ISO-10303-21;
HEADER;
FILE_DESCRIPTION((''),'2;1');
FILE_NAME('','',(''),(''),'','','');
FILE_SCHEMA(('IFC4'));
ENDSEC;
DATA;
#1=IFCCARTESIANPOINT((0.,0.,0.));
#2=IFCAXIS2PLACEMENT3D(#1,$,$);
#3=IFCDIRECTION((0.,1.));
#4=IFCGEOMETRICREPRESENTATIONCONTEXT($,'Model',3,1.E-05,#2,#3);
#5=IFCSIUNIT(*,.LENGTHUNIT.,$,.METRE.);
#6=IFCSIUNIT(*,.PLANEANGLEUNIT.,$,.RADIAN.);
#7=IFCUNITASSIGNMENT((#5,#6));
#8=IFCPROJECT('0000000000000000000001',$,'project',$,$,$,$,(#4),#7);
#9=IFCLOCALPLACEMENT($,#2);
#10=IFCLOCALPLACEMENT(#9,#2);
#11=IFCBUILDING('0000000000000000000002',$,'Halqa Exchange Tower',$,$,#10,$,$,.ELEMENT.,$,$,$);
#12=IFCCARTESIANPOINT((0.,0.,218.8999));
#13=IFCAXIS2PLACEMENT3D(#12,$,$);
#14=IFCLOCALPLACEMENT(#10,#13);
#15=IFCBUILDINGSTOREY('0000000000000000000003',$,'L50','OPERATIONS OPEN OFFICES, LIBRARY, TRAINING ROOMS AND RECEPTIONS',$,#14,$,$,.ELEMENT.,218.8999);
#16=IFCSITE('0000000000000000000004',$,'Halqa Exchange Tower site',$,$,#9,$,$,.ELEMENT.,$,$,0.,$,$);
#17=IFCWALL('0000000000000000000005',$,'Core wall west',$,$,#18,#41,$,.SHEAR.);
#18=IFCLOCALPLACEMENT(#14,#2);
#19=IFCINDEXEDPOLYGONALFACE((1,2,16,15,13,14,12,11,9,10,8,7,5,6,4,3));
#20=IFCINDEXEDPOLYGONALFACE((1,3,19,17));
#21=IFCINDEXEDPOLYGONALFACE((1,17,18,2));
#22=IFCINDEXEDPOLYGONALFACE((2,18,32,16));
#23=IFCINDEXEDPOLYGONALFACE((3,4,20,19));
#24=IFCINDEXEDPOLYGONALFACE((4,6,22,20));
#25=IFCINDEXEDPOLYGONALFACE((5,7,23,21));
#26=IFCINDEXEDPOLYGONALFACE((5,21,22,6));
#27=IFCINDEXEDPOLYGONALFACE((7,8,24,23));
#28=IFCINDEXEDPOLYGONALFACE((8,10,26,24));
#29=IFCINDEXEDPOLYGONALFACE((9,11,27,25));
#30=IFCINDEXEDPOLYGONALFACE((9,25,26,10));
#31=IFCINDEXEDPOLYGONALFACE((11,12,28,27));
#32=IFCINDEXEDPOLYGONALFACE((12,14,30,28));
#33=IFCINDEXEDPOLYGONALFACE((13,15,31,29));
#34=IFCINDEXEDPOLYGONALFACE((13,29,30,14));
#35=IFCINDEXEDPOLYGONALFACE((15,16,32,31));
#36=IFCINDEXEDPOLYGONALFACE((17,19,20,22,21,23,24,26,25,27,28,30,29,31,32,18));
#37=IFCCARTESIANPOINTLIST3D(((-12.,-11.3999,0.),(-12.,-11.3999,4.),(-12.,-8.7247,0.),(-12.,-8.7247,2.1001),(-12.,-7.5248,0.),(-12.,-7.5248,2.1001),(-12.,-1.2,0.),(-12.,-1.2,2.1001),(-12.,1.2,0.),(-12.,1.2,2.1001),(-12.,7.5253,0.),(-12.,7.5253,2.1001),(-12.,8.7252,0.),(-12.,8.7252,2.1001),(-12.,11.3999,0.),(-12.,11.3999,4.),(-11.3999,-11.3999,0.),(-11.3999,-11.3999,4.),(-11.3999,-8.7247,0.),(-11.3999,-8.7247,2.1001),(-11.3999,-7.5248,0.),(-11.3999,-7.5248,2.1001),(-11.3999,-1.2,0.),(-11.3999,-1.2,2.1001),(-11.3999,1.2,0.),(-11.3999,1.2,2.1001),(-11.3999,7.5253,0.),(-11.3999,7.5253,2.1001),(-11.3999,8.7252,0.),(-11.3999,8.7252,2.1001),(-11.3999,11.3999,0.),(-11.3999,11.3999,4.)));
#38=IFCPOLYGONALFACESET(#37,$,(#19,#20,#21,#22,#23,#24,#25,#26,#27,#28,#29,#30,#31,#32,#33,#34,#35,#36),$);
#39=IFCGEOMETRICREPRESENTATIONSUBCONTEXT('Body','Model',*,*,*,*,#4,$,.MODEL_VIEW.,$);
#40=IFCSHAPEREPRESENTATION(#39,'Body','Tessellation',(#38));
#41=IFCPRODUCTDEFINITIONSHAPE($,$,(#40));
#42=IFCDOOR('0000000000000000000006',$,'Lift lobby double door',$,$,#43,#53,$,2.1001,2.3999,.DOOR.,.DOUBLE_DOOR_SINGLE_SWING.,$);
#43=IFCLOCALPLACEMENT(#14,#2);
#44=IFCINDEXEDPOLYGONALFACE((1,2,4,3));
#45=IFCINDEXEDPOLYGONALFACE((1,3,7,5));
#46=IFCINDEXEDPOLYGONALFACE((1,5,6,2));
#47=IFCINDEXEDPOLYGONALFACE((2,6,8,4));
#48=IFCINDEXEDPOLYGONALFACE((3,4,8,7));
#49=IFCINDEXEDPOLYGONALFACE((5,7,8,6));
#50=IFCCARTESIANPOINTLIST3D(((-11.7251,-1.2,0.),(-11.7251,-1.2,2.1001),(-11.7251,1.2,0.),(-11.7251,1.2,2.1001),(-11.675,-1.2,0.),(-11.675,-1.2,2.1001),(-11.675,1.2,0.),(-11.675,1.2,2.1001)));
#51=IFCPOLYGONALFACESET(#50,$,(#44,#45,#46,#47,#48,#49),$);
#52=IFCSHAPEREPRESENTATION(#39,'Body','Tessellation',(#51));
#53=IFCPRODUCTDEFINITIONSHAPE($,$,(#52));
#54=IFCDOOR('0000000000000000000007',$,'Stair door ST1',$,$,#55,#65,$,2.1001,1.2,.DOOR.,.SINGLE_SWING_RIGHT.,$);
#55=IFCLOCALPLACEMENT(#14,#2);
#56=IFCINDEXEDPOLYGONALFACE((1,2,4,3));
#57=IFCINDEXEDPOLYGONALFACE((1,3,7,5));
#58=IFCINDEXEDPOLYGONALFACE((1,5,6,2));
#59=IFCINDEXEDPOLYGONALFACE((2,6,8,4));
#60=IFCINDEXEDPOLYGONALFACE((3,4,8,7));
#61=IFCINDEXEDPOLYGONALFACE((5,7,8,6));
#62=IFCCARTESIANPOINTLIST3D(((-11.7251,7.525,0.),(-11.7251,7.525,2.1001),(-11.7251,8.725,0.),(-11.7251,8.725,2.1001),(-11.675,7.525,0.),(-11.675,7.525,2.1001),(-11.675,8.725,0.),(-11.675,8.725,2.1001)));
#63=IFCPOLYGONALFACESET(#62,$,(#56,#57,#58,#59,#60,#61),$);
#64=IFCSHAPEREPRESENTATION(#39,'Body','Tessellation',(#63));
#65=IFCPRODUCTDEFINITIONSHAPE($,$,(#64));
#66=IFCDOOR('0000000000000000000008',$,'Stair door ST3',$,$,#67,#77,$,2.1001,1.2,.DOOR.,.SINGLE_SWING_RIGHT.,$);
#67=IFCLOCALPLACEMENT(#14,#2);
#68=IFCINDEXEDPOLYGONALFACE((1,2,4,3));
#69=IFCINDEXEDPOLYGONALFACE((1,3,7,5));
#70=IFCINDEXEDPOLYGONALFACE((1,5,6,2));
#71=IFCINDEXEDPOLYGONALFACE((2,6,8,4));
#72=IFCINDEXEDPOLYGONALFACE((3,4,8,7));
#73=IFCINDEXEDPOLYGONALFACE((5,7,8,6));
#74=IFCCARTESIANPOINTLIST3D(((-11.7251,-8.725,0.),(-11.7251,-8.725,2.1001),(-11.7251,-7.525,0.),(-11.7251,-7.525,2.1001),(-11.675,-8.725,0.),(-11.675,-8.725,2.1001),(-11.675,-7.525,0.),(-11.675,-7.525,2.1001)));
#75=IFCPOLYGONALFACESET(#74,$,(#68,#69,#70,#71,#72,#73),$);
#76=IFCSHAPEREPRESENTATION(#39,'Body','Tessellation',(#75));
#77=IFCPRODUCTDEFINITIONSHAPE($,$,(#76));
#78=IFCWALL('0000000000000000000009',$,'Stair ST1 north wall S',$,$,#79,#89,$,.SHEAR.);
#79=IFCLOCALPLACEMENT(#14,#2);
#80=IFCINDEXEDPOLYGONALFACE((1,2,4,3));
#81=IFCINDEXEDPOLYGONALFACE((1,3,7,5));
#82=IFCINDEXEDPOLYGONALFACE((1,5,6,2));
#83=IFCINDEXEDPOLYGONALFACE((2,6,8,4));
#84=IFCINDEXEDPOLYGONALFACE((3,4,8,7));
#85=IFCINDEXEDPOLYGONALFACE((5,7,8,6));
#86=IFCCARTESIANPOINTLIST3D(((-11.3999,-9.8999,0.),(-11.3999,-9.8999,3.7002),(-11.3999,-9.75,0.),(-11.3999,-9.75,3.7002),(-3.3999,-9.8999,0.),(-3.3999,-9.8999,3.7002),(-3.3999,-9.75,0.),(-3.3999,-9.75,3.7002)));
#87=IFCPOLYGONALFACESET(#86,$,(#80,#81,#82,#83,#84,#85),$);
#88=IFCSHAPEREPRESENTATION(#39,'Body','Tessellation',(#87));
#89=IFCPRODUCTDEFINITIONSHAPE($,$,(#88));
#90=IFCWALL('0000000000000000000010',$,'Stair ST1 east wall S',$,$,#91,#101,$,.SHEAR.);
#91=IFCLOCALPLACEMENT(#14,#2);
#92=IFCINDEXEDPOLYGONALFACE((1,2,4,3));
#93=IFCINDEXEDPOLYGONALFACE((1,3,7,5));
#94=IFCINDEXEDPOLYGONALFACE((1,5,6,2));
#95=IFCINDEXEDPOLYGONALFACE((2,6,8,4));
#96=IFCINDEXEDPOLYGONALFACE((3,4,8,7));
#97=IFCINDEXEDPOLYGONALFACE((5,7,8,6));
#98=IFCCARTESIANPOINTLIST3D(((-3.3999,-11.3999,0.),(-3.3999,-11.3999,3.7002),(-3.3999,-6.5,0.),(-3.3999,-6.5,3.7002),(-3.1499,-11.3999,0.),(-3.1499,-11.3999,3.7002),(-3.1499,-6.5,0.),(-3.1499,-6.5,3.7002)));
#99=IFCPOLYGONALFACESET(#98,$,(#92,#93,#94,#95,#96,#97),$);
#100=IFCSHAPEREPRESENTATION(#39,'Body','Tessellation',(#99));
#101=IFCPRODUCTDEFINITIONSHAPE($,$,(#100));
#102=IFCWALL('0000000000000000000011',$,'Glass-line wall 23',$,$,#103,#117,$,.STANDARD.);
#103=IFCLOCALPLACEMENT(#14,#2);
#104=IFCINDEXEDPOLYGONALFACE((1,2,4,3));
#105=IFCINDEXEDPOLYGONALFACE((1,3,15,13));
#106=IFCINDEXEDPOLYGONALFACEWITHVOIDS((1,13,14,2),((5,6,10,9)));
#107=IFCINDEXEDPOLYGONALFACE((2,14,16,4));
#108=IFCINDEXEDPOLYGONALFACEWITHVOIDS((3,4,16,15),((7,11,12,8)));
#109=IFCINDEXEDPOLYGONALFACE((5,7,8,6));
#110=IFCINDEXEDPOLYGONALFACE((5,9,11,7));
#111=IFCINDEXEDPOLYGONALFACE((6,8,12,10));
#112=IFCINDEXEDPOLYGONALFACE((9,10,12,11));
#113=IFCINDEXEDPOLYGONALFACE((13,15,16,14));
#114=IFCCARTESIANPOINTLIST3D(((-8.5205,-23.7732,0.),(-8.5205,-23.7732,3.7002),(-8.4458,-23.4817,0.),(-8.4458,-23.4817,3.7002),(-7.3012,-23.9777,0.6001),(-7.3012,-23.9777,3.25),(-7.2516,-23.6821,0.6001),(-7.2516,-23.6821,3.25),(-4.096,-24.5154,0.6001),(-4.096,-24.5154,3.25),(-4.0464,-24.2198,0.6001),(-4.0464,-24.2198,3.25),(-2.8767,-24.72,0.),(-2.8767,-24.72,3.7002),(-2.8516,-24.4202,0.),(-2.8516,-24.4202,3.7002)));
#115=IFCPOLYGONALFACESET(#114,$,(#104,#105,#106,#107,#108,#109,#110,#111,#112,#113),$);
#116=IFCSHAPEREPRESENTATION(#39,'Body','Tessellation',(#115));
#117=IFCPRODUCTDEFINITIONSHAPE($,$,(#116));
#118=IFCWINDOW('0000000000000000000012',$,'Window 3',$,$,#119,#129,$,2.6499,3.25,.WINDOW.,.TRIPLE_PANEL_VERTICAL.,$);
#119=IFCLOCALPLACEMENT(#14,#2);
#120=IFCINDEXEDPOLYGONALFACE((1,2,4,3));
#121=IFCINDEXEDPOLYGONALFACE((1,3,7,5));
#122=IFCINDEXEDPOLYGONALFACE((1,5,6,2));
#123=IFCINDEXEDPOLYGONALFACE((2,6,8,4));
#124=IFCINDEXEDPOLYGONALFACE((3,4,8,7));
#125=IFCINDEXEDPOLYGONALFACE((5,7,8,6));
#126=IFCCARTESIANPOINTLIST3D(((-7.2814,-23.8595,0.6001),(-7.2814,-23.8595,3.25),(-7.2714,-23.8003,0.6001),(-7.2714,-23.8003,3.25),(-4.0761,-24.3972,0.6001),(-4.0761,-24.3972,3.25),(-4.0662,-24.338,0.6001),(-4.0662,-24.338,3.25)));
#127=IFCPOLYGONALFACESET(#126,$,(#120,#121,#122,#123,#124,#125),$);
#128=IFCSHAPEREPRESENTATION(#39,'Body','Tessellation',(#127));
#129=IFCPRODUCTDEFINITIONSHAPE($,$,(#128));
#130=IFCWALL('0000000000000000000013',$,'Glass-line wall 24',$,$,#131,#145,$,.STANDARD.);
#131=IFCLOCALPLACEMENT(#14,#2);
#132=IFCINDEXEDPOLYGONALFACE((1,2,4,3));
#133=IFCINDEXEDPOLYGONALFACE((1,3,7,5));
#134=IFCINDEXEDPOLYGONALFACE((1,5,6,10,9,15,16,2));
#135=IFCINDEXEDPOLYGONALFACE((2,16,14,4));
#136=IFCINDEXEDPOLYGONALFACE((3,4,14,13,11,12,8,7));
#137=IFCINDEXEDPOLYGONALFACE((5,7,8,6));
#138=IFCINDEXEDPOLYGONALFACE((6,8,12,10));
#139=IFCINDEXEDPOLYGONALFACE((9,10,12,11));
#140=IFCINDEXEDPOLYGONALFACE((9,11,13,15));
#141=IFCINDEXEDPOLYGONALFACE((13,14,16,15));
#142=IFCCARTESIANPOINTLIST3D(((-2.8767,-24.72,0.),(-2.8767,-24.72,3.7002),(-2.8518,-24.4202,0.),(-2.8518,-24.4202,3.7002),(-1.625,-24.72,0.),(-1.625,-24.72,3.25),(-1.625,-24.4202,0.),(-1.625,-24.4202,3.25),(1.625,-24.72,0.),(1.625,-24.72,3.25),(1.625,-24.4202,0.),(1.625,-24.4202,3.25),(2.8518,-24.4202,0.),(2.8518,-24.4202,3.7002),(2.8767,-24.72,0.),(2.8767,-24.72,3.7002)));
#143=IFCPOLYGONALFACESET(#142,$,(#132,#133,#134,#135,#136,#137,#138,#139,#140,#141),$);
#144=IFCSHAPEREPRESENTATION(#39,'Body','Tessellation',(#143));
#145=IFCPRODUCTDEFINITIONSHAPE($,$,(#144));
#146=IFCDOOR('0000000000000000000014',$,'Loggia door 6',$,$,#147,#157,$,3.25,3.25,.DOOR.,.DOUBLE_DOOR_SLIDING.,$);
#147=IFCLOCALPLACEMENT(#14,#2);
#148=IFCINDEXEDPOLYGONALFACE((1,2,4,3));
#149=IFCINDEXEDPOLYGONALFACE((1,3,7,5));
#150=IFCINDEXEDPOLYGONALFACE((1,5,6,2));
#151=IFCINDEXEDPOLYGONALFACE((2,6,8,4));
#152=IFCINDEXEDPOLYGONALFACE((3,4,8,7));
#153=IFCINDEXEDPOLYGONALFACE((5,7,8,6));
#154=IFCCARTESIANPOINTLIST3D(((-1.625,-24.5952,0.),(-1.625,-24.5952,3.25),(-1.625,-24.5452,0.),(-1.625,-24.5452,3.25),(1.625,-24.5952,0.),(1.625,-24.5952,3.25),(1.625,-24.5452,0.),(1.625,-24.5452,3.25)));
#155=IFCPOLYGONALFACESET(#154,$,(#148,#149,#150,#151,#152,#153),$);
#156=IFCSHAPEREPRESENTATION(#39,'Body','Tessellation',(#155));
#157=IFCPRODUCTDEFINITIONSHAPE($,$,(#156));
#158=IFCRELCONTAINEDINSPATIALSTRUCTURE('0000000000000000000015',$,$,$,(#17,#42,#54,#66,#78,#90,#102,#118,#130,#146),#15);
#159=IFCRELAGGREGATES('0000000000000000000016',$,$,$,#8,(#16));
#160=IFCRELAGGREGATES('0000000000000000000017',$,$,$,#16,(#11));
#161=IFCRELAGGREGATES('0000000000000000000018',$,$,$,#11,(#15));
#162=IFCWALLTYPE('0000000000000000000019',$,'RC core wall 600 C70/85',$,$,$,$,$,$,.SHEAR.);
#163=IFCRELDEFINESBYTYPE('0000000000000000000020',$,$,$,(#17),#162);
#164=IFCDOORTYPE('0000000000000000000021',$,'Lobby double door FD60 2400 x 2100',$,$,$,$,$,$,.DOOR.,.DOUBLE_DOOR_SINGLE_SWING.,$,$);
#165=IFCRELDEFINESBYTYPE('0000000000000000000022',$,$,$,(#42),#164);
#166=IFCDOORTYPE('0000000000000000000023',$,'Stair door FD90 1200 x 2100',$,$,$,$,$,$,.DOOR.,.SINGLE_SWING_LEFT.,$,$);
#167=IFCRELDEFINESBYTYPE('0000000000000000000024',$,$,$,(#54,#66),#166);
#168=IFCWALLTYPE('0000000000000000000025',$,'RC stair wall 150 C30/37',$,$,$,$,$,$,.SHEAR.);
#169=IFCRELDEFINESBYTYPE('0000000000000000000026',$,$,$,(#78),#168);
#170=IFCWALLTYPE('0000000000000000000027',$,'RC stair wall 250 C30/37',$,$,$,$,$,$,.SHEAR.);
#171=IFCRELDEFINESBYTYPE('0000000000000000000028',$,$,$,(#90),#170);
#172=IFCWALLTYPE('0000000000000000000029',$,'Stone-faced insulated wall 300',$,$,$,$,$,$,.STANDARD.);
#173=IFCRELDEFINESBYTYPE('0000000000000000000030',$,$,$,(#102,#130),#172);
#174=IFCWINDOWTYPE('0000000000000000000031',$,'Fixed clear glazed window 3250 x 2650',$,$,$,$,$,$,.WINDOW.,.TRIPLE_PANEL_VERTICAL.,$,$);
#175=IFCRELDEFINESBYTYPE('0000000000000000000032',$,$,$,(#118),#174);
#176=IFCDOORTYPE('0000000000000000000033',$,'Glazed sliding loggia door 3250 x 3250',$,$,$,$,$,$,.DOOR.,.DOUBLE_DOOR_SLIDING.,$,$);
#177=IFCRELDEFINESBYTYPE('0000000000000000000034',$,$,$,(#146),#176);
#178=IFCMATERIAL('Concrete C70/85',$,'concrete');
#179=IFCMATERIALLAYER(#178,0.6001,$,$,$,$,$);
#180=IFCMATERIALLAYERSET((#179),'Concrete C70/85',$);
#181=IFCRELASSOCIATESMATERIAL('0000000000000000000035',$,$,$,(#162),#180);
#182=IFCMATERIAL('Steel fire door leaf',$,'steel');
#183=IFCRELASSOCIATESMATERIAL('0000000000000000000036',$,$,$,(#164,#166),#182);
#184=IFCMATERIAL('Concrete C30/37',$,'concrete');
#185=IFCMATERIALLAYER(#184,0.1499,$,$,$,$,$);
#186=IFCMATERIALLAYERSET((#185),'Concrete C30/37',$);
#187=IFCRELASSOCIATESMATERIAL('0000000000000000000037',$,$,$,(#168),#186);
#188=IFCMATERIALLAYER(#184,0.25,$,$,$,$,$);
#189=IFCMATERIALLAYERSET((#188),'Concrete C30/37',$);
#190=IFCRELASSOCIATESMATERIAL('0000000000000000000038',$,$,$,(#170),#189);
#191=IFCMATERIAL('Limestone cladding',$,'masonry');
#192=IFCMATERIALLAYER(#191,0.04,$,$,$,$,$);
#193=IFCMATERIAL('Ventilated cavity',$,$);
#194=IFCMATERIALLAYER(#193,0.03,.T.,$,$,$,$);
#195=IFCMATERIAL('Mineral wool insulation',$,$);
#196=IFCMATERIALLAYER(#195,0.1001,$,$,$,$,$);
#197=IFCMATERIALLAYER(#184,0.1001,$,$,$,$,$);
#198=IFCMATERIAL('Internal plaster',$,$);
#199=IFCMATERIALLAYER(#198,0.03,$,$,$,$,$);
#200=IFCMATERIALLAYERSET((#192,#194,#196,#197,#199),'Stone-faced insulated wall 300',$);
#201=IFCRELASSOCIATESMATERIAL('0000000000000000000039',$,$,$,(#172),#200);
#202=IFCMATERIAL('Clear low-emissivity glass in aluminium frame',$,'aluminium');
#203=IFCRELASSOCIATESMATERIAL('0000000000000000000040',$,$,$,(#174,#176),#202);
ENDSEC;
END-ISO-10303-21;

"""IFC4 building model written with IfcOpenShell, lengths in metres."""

from ifc_helpers import new_model, si_unit, direction, frame, frame_2d, origin, place, context, subcontext, project, spatial, polyline, rectangle, outline, extrude, material, layer, layer_set, type_object, element, fill, save


model = new_model("IFC4")

# Units and contexts
model_context = context("Model", 3, precision=1e-05, world=origin(), true_north=direction((0.0, 1.0)))
body_context = subcontext(model_context, "Body", "Model", "MODEL_VIEW")
ifc_project = project(units=[si_unit("LENGTHUNIT", "METRE"), si_unit("PLANEANGLEUNIT", "RADIAN")], contexts=[model_context])

# Site, building, storey
site_placement = place(None, origin())
site = spatial("IfcSite", under=ifc_project, at=site_placement, Name="Halqa Exchange Tower site", CompositionType="ELEMENT", RefElevation=0.0)
building_placement = place(site_placement, origin())
building = spatial("IfcBuilding", under=site, at=building_placement, Name="Halqa Exchange Tower", CompositionType="ELEMENT")
storey_placement = place(building_placement, frame((0.0, 0.0, 218.8999)))
storey = spatial("IfcBuildingStorey", under=building, at=storey_placement, Name="L50", Description="OPERATIONS OPEN OFFICES, LIBRARY, TRAINING ROOMS AND RECEPTIONS", CompositionType="ELEMENT", Elevation=218.8999)

# Wall, openings, doors
ifc_material_1 = material(Name="Concrete C70/85", Category="concrete")
ifc_layer_1 = layer(ifc_material_1, 0.6001)
ifc_layer_set_1 = layer_set([ifc_layer_1], Name="Concrete C70/85")
wall_type_1 = type_object("IfcWallType", Name="RC core wall 600 C70/85", PredefinedType="SHEAR", material=ifc_layer_set_1)
wall_1_placement = place(storey_placement, frame((-11.7, -11.3999, 0.0), z_axis=(0.0, 0.0, 1.0), x_axis=(0.0, 1.0, 0.0)))
wall_1 = element("IfcWall", 1, at=wall_1_placement, inside=storey, type_object=wall_type_1, Name="Core wall west", PredefinedType="SHEAR", context=body_context, shape_type="SweptSolid", body=[
    extrude(rectangle(XDim=22.7998, YDim=0.6001, at=frame_2d((11.3999, 0.0))), origin(), (0.0, 0.0, 1.0), 4.0),
])
opening_1_placement = place(wall_1_placement, frame((10.2, 0.0, 0.0)))
opening_1 = element("IfcOpeningElement", 2, at=opening_1_placement, cuts=wall_1, PredefinedType="OPENING", context=body_context, shape_type="SweptSolid", body=[
    extrude(rectangle(XDim=2.3999, YDim=2.1001, at=frame_2d((1.2, 1.05))), frame((0.0, 0.312, 0.0), z_axis=(0.0, -1.0, 0.0), x_axis=(1.0, 0.0, 0.0)), (0.0, 0.0, 1.0), 0.624),
])
opening_2_placement = place(wall_1_placement, frame((18.925, 0.0, 0.0)))
opening_2 = element("IfcOpeningElement", 3, at=opening_2_placement, cuts=wall_1, PredefinedType="OPENING", context=body_context, shape_type="SweptSolid", body=[
    extrude(rectangle(XDim=1.2, YDim=2.1001, at=frame_2d((0.6001, 1.05))), frame((0.0, 0.312, 0.0), z_axis=(0.0, -1.0, 0.0), x_axis=(1.0, 0.0, 0.0)), (0.0, 0.0, 1.0), 0.624),
])
opening_3_placement = place(wall_1_placement, frame((2.675, 0.0, 0.0)))
opening_3 = element("IfcOpeningElement", 4, at=opening_3_placement, cuts=wall_1, PredefinedType="OPENING", context=body_context, shape_type="SweptSolid", body=[
    extrude(rectangle(XDim=1.2, YDim=2.1001, at=frame_2d((0.6001, 1.05))), frame((0.0, 0.312, 0.0), z_axis=(0.0, -1.0, 0.0), x_axis=(1.0, 0.0, 0.0)), (0.0, 0.0, 1.0), 0.624),
])
ifc_material_2 = material(Name="Steel fire door leaf", Category="steel")
door_type_1 = type_object("IfcDoorType", Name="Lobby double door FD60 2400 x 2100", OperationType="DOUBLE_DOOR_SINGLE_SWING", PredefinedType="DOOR", material=ifc_material_2)
door_1_placement = place(opening_1_placement, frame((2.3999, 0.0, 0.0), z_axis=(0.0, 0.0, 1.0), x_axis=(-1.0, 0.0, 0.0)))
door_1 = element("IfcDoor", 5, at=door_1_placement, inside=storey, type_object=door_type_1, Name="Lift lobby double door", OperationType="DOUBLE_DOOR_SINGLE_SWING", OverallHeight=2.1001, OverallWidth=2.3999, PredefinedType="DOOR", context=body_context, shape_type="SweptSolid", body=[
    extrude(rectangle(XDim=2.3999, YDim=2.1001, at=frame_2d((1.2, 1.05))), frame((0.0, 0.0249, 0.0), z_axis=(0.0, -1.0, 0.0), x_axis=(1.0, 0.0, 0.0)), (0.0, 0.0, 1.0), 0.05),
])
fill(opening_1, door_1)
door_type_2 = type_object("IfcDoorType", Name="Stair door FD90 1200 x 2100", OperationType="SINGLE_SWING_LEFT", PredefinedType="DOOR", material=ifc_material_2)
door_2_placement = place(opening_2_placement, frame((1.2, 0.0, 0.0), z_axis=(0.0, 0.0, 1.0), x_axis=(-1.0, 0.0, 0.0)))
door_2 = element("IfcDoor", 6, at=door_2_placement, inside=storey, type_object=door_type_2, Name="Stair door ST1", OperationType="SINGLE_SWING_RIGHT", OverallHeight=2.1001, OverallWidth=1.2, PredefinedType="DOOR", context=body_context, shape_type="SweptSolid", body=[
    extrude(rectangle(XDim=1.2, YDim=2.1001, at=frame_2d((0.6001, 1.05))), frame((0.0, 0.0249, 0.0), z_axis=(0.0, -1.0, 0.0), x_axis=(1.0, 0.0, 0.0)), (0.0, 0.0, 1.0), 0.05),
])
fill(opening_2, door_2)
door_3_placement = place(opening_3_placement, frame((1.2, 0.0, 0.0), z_axis=(0.0, 0.0, 1.0), x_axis=(-1.0, 0.0, 0.0)))
door_3 = element("IfcDoor", 7, at=door_3_placement, inside=storey, type_object=door_type_2, Name="Stair door ST3", OperationType="SINGLE_SWING_RIGHT", OverallHeight=2.1001, OverallWidth=1.2, PredefinedType="DOOR", context=body_context, shape_type="SweptSolid", body=[
    extrude(rectangle(XDim=1.2, YDim=2.1001, at=frame_2d((0.6001, 1.05))), frame((0.0, 0.0249, 0.0), z_axis=(0.0, -1.0, 0.0), x_axis=(1.0, 0.0, 0.0)), (0.0, 0.0, 1.0), 0.05),
])
fill(opening_3, door_3)

# Walls
ifc_material_3 = material(Name="Concrete C30/37", Category="concrete")
ifc_layer_2 = layer(ifc_material_3, 0.1499)
ifc_layer_set_2 = layer_set([ifc_layer_2], Name="Concrete C30/37")
wall_type_2 = type_object("IfcWallType", Name="RC stair wall 150 C30/37", PredefinedType="SHEAR", material=ifc_layer_set_2)
wall_2_placement = place(storey_placement, frame((-11.3999, -9.825, 0.0), z_axis=(0.0, 0.0, 1.0), x_axis=(1.0, 0.0, 0.0)))
element("IfcWall", 8, at=wall_2_placement, inside=storey, type_object=wall_type_2, Name="Stair ST1 north wall S", PredefinedType="SHEAR", context=body_context, shape_type="SweptSolid", body=[
    extrude(rectangle(XDim=8.0, YDim=0.1499, at=frame_2d((4.0, 0.0))), origin(), (0.0, 0.0, 1.0), 3.7002),
])
ifc_layer_3 = layer(ifc_material_3, 0.25)
ifc_layer_set_3 = layer_set([ifc_layer_3], Name="Concrete C30/37")
wall_type_3 = type_object("IfcWallType", Name="RC stair wall 250 C30/37", PredefinedType="SHEAR", material=ifc_layer_set_3)
wall_3_placement = place(storey_placement, frame((-3.2749, -11.3999, 0.0), z_axis=(0.0, 0.0, 1.0), x_axis=(0.0, 1.0, 0.0)))
element("IfcWall", 9, at=wall_3_placement, inside=storey, type_object=wall_type_3, Name="Stair ST1 east wall S", PredefinedType="SHEAR", context=body_context, shape_type="SweptSolid", body=[
    extrude(rectangle(XDim=4.8999, YDim=0.25, at=frame_2d((2.45, 0.0))), origin(), (0.0, 0.0, 1.0), 3.7002),
])

# Wall, opening, window
ifc_material_4 = material(Name="Limestone cladding", Category="masonry")
ifc_layer_4 = layer(ifc_material_4, 0.04)
ifc_material_5 = material(Name="Ventilated cavity")
ifc_layer_5 = layer(ifc_material_5, 0.03, ventilated=True)
ifc_material_6 = material(Name="Mineral wool insulation")
ifc_layer_6 = layer(ifc_material_6, 0.1001)
ifc_layer_7 = layer(ifc_material_3, 0.1001)
ifc_material_7 = material(Name="Internal plaster")
ifc_layer_8 = layer(ifc_material_7, 0.03)
ifc_layer_set_4 = layer_set([ifc_layer_4, ifc_layer_5, ifc_layer_6, ifc_layer_7, ifc_layer_8], Name="Stone-faced insulated wall 300")
wall_type_4 = type_object("IfcWallType", Name="Stone-faced insulated wall 300", PredefinedType="STANDARD", material=ifc_layer_set_4)
wall_4_placement = place(storey_placement, frame((-8.4832, -23.6274, 0.0), z_axis=(0.0, 0.0, 1.0), x_axis=(0.986218, -0.165448, 0.0)))
wall_4 = element("IfcWall", 10, at=wall_4_placement, inside=storey, type_object=wall_type_4, Name="Glass-line wall 23", PredefinedType="STANDARD", context=body_context, shape_type="SweptSolid", body=[
    extrude(outline(polyline([(-0.0127, -0.1499), (5.71, -0.1499), (5.6851, 0.1499), (0.0127, 0.1499), (-0.0127, -0.1499)])), origin(), (0.0, 0.0, 1.0), 3.7002),
])
opening_4_placement = place(wall_4_placement, frame((1.2236, 0.0, 0.6001)))
opening_4 = element("IfcOpeningElement", 11, at=opening_4_placement, cuts=wall_4, PredefinedType="OPENING", context=body_context, shape_type="SweptSolid", body=[
    extrude(rectangle(XDim=3.25, YDim=2.6499, at=frame_2d((1.625, 1.325))), frame((0.0, 0.1621, 0.0), z_axis=(0.0, -1.0, 0.0), x_axis=(1.0, 0.0, 0.0)), (0.0, 0.0, 1.0), 0.324),
])
ifc_material_8 = material(Name="Clear low-emissivity glass in aluminium frame", Category="aluminium")
window_type = type_object("IfcWindowType", Name="Fixed clear glazed window 3250 x 2650", PartitioningType="TRIPLE_PANEL_VERTICAL", PredefinedType="WINDOW", material=ifc_material_8)
window_placement = place(opening_4_placement, origin())
window = element("IfcWindow", 12, at=window_placement, inside=storey, type_object=window_type, Name="Window 3", OverallHeight=2.6499, OverallWidth=3.25, PartitioningType="TRIPLE_PANEL_VERTICAL", PredefinedType="WINDOW", context=body_context, shape_type="SweptSolid", body=[
    extrude(rectangle(XDim=3.25, YDim=2.6499, at=frame_2d((1.625, 1.325))), frame((0.0, 0.03, 0.0), z_axis=(0.0, -1.0, 0.0), x_axis=(1.0, 0.0, 0.0)), (0.0, 0.0, 1.0), 0.0601),
])
fill(opening_4, window)

# Wall, opening, door
wall_5_placement = place(storey_placement, frame((-2.8643, -24.5701, 0.0), z_axis=(0.0, 0.0, 1.0), x_axis=(1.0, 0.0, 0.0)))
wall_5 = element("IfcWall", 13, at=wall_5_placement, inside=storey, type_object=wall_type_4, Name="Glass-line wall 24", PredefinedType="STANDARD", context=body_context, shape_type="SweptSolid", body=[
    extrude(outline(polyline([(-0.0125, -0.1499), (5.741, -0.1499), (5.7161, 0.1499), (0.0125, 0.1499), (-0.0125, -0.1499)])), origin(), (0.0, 0.0, 1.0), 3.7002),
])
opening_5_placement = place(wall_5_placement, frame((1.2393, 0.0, 0.0)))
opening_5 = element("IfcOpeningElement", 14, at=opening_5_placement, cuts=wall_5, PredefinedType="OPENING", context=body_context, shape_type="SweptSolid", body=[
    extrude(rectangle(XDim=3.25, YDim=3.25, at=frame_2d((1.625, 1.625))), frame((0.0, 0.1621, 0.0), z_axis=(0.0, -1.0, 0.0), x_axis=(1.0, 0.0, 0.0)), (0.0, 0.0, 1.0), 0.324),
])
door_type_3 = type_object("IfcDoorType", Name="Glazed sliding loggia door 3250 x 3250", OperationType="DOUBLE_DOOR_SLIDING", PredefinedType="DOOR", material=ifc_material_8)
door_4_placement = place(opening_5_placement, origin())
door_4 = element("IfcDoor", 15, at=door_4_placement, inside=storey, type_object=door_type_3, Name="Loggia door 6", OperationType="DOUBLE_DOOR_SLIDING", OverallHeight=3.25, OverallWidth=3.25, PredefinedType="DOOR", context=body_context, shape_type="SweptSolid", body=[
    extrude(rectangle(XDim=3.25, YDim=3.25, at=frame_2d((1.625, 1.625))), frame((0.0, 0.0249, 0.0), z_axis=(0.0, -1.0, 0.0), x_axis=(1.0, 0.0, 0.0)), (0.0, 0.0, 1.0), 0.05),
])
fill(opening_5, door_4)

save(model, "model.ifc")
